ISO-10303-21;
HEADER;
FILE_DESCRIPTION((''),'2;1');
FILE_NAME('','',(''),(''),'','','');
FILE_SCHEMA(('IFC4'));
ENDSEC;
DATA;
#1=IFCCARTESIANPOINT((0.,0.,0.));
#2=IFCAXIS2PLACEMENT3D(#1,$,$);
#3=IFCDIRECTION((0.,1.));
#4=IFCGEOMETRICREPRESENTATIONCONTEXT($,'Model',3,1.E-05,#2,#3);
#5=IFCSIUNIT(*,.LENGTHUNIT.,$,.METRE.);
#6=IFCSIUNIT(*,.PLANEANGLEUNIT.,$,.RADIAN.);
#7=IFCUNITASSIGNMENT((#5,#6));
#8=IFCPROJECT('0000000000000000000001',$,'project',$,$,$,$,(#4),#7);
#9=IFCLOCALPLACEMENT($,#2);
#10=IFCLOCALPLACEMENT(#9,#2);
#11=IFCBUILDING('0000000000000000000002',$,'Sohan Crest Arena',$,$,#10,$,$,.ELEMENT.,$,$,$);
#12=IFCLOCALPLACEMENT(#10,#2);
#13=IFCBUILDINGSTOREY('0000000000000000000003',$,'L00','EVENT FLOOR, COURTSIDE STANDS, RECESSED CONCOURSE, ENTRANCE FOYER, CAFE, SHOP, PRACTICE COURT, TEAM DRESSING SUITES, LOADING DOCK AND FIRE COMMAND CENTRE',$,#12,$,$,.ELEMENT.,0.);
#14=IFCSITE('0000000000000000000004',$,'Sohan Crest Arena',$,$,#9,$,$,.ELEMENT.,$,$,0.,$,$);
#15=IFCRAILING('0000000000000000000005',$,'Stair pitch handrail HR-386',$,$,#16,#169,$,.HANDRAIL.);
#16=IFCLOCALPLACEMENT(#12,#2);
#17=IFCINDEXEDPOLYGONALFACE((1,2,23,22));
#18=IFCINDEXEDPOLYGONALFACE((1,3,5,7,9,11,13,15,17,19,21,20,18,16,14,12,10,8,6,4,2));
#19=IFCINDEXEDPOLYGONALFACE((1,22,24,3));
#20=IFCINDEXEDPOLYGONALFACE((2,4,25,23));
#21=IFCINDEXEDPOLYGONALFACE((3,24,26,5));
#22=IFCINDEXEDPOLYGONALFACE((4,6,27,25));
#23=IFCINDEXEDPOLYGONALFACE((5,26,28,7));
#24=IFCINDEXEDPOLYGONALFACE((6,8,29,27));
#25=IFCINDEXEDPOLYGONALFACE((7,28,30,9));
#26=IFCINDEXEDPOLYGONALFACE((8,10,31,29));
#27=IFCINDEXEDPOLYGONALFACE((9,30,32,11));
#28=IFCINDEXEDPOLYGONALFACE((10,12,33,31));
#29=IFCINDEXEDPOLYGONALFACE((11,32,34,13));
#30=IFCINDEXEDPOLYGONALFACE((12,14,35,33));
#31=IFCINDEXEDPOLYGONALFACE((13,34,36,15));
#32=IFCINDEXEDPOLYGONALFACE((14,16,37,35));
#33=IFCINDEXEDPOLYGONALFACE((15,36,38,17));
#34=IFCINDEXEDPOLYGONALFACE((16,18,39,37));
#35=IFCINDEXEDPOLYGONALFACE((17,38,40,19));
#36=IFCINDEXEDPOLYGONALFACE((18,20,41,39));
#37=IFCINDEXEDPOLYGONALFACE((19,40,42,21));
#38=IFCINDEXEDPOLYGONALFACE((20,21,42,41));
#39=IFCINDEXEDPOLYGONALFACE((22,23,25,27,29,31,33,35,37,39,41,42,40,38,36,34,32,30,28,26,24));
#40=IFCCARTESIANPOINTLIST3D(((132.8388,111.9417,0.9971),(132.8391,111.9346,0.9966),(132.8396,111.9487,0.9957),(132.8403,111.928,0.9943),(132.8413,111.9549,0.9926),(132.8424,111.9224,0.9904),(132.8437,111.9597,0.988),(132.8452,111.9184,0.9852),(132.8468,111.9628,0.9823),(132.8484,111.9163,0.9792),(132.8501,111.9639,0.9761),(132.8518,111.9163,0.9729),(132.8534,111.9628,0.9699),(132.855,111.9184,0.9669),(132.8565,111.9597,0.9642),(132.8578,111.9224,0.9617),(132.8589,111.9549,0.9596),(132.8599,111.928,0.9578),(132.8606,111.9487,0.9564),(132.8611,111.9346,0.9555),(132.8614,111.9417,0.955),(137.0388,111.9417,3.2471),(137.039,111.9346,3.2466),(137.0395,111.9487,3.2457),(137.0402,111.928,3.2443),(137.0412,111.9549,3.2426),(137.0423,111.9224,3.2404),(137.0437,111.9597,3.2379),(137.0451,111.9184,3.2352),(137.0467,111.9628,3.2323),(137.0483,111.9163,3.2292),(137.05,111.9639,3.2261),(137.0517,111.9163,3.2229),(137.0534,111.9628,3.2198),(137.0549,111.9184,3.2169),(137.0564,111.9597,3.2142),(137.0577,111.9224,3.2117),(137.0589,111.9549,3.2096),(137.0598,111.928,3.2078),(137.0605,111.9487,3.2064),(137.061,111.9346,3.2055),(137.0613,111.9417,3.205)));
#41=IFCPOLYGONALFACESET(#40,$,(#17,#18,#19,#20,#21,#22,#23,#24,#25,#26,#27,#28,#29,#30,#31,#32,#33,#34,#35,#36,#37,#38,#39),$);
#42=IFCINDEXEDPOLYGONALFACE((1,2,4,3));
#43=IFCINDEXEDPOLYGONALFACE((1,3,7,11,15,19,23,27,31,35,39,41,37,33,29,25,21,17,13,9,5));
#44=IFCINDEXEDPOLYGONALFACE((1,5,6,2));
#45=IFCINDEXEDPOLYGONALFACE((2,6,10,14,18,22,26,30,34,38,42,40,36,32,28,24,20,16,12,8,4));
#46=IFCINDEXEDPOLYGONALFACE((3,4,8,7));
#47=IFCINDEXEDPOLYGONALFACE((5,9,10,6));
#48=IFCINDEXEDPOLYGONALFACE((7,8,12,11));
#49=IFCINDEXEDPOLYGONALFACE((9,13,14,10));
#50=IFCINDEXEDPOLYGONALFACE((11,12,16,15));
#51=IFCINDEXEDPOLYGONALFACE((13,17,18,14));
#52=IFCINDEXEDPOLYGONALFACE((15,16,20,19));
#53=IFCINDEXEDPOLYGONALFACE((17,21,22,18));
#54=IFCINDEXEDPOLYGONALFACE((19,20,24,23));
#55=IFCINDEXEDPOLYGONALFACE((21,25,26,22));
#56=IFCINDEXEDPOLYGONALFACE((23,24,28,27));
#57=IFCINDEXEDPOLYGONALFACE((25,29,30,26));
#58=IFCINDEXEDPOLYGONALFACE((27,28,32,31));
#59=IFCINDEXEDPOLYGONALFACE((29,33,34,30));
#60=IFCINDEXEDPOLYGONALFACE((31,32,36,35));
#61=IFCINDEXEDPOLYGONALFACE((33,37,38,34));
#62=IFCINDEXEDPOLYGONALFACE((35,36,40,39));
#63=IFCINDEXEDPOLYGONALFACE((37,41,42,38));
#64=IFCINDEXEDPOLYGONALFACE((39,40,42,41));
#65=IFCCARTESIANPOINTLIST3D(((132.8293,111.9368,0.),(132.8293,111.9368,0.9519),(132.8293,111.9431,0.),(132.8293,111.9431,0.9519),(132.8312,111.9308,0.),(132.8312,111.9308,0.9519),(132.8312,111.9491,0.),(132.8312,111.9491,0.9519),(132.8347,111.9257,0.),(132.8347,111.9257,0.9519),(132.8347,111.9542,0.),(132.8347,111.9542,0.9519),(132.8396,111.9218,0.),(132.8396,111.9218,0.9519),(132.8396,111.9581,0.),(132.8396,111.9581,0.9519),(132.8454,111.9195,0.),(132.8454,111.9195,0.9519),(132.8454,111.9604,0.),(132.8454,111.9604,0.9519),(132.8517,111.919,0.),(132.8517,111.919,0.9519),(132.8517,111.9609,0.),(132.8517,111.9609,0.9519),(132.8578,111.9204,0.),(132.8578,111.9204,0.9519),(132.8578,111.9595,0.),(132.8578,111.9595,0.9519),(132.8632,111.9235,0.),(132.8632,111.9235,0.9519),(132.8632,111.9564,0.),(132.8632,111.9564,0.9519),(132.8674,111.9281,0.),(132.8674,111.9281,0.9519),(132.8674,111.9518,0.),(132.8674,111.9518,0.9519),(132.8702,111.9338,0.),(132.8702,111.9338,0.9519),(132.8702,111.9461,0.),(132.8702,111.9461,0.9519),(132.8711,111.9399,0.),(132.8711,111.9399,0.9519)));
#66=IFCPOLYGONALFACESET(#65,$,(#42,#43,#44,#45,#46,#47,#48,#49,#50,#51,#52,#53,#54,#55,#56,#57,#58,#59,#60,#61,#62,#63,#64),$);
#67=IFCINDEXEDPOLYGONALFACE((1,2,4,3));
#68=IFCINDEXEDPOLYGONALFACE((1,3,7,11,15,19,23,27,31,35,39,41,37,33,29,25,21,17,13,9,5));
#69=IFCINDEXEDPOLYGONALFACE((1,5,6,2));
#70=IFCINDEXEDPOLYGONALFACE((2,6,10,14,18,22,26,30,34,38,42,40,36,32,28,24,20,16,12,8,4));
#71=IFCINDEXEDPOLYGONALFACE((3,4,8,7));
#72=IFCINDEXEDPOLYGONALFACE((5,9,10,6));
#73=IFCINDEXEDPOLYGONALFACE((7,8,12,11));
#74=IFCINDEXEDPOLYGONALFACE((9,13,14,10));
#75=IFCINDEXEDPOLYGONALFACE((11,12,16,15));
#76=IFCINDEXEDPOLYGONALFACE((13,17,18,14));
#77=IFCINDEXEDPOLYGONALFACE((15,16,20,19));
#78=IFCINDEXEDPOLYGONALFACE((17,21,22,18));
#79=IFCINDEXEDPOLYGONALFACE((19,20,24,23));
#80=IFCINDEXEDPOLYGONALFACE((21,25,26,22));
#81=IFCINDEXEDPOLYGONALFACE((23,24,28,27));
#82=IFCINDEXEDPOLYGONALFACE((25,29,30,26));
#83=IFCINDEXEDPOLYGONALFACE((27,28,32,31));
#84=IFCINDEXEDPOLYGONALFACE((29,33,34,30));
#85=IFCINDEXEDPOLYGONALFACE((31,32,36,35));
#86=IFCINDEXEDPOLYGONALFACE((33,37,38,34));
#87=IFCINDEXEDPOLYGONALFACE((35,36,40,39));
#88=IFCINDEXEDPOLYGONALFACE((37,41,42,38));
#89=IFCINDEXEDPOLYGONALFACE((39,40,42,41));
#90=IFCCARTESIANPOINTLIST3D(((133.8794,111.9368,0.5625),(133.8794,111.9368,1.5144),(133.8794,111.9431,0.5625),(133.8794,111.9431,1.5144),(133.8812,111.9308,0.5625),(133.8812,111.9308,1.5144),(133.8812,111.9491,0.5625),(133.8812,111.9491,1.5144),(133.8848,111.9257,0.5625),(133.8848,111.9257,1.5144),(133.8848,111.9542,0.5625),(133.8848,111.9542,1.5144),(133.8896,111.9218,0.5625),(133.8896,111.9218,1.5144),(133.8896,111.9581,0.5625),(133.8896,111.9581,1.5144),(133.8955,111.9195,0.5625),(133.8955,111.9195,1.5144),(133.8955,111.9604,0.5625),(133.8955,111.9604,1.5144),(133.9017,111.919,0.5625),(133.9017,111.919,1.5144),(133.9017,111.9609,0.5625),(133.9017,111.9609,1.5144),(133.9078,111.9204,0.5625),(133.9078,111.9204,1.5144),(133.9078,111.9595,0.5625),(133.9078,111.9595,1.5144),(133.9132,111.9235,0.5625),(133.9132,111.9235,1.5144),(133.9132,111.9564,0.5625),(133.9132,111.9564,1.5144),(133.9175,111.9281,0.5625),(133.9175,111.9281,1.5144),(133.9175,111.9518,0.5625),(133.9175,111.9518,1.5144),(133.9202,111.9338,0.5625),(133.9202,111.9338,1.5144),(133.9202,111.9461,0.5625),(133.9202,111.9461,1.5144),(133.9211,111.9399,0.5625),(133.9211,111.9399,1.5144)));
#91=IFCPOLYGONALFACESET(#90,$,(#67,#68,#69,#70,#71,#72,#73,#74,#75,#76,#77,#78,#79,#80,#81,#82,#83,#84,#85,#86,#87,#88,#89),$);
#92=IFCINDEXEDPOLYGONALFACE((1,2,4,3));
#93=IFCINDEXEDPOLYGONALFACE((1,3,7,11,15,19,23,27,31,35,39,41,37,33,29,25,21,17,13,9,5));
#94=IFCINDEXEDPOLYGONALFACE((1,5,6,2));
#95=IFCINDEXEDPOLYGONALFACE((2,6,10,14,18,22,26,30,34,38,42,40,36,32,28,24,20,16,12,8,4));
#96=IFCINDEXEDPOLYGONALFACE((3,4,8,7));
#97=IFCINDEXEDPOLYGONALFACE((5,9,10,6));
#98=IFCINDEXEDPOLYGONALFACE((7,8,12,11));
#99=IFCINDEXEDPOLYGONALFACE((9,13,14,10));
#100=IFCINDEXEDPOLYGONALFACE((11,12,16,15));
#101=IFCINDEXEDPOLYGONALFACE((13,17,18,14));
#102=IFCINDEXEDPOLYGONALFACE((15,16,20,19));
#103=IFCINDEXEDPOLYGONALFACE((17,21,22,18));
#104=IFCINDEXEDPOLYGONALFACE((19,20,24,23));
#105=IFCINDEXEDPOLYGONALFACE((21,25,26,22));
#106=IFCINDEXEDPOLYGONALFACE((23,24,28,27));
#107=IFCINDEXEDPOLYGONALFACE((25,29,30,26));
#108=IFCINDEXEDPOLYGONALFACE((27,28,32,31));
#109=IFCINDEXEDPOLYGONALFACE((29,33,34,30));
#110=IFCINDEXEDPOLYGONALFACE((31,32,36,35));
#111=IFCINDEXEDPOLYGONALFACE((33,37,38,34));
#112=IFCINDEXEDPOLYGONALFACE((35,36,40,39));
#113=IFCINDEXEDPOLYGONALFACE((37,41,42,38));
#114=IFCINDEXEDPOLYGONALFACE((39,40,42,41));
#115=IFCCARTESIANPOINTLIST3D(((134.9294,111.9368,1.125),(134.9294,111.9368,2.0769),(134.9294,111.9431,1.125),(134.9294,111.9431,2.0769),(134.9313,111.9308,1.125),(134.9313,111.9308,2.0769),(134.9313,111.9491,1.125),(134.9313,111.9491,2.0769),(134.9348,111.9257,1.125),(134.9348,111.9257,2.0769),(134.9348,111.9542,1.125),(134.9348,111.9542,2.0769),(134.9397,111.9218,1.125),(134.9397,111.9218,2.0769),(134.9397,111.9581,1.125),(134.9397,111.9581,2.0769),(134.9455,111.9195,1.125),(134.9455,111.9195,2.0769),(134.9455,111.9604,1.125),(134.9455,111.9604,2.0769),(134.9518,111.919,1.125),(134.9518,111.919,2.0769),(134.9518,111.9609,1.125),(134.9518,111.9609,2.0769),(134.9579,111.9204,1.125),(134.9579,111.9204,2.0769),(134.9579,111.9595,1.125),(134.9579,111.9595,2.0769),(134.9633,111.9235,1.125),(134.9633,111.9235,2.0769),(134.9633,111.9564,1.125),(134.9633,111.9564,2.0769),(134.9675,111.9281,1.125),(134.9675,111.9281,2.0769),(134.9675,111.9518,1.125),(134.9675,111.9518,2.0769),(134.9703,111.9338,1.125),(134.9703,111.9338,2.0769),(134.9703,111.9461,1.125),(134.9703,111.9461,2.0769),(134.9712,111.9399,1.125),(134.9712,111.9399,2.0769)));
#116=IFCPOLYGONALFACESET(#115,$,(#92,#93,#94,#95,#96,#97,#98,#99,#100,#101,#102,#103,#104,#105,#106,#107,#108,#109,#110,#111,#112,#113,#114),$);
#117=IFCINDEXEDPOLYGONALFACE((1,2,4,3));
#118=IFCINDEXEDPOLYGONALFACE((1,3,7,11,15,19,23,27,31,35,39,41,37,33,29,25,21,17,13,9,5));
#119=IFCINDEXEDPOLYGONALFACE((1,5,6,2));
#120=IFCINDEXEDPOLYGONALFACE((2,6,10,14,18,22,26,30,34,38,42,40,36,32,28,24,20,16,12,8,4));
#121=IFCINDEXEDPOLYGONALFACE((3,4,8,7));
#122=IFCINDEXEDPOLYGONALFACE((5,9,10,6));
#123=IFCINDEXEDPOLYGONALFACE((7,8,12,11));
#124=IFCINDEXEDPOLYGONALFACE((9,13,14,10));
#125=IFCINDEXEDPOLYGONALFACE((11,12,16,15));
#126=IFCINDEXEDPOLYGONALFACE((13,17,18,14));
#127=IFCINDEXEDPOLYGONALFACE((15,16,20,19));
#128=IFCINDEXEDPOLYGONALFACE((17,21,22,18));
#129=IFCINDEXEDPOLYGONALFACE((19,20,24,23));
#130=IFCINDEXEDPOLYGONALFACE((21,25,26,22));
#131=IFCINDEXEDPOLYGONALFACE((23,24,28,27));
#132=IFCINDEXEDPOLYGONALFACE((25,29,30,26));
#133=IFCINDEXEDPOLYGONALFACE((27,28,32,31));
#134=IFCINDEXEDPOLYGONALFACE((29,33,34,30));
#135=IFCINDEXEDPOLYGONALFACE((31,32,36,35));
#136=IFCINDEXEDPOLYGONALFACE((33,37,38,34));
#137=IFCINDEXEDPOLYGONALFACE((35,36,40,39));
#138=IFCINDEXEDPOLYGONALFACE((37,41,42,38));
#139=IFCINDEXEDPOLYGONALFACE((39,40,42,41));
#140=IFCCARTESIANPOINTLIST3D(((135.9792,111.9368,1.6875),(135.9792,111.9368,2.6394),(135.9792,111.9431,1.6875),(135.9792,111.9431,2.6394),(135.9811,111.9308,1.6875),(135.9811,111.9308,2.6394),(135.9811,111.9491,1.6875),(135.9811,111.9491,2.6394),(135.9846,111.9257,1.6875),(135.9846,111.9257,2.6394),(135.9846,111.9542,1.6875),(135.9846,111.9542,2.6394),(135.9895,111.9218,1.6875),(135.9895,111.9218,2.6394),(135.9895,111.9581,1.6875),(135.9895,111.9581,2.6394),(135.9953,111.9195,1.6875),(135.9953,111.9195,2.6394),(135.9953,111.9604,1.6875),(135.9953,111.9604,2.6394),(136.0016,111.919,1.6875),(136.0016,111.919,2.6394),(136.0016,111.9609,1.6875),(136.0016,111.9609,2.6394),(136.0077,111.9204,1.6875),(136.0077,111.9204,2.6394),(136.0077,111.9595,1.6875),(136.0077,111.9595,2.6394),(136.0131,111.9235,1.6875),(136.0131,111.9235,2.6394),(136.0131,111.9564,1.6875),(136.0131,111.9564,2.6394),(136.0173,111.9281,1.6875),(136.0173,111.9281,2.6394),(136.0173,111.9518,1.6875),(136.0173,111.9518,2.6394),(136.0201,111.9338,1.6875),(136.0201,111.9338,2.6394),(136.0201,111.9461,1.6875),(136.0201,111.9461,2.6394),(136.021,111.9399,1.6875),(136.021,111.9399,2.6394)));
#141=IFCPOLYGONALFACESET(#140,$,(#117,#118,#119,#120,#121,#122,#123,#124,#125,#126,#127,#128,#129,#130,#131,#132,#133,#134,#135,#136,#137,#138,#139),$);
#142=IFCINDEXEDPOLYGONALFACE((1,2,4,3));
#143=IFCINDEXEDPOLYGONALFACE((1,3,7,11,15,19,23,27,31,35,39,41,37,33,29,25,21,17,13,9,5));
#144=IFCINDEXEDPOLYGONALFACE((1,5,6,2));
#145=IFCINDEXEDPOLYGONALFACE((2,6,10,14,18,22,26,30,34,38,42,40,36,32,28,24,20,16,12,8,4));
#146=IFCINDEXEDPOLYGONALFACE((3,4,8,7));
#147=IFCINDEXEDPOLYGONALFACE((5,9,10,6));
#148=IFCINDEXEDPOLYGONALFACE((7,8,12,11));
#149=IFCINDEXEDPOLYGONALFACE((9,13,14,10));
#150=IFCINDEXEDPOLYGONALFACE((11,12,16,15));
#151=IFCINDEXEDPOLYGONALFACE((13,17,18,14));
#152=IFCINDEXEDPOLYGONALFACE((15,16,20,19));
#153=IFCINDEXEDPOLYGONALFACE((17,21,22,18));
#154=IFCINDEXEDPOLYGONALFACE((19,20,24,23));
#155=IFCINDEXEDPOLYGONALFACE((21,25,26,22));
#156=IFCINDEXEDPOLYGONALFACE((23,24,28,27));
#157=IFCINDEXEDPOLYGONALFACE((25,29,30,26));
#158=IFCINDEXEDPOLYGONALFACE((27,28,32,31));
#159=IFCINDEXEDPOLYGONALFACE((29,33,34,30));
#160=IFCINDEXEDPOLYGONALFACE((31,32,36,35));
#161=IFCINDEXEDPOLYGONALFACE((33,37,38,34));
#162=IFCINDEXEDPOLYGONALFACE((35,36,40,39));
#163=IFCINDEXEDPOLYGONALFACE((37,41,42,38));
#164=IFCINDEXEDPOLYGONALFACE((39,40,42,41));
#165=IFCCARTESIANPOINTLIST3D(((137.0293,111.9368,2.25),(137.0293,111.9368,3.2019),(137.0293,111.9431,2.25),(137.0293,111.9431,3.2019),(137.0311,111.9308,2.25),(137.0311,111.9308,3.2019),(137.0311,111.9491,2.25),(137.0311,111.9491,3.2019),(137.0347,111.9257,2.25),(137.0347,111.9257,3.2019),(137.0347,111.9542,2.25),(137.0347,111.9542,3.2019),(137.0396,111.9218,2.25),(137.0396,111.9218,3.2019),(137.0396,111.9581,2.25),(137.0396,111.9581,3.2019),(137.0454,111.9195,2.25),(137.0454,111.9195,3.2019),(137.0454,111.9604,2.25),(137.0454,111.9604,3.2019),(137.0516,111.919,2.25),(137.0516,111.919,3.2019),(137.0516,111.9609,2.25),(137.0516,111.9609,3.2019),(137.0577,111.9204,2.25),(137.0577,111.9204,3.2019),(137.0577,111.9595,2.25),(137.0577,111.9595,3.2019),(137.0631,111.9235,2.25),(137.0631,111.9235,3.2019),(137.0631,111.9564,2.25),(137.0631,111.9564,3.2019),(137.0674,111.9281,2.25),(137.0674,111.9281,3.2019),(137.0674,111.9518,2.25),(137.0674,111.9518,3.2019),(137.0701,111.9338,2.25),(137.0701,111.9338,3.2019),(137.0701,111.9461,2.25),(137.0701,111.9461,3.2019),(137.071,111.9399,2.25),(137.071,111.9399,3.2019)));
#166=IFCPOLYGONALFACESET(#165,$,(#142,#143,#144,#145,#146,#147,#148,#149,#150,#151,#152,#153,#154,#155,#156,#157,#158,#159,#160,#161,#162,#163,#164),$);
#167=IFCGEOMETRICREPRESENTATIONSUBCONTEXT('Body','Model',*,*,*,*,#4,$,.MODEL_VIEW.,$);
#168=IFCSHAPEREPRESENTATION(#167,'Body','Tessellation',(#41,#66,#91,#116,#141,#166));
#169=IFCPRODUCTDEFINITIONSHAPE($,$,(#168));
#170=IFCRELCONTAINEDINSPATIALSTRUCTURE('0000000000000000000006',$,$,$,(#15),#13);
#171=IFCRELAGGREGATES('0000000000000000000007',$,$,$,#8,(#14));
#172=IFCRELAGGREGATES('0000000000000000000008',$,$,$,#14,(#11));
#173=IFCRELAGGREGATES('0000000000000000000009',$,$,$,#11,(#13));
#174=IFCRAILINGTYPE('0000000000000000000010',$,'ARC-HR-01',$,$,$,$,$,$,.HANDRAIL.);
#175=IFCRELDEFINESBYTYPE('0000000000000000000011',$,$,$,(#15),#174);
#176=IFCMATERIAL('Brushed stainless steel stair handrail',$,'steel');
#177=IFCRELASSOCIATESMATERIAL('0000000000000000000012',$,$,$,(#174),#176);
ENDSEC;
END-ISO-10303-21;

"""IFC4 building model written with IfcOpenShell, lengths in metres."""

from ifc_helpers import new_model, si_unit, direction, frame, origin, origin_2d, place, context, subcontext, project, spatial, circle, extrude, material, type_object, element, save


model = new_model("IFC4")

# Units and contexts
model_context = context("Model", 3, precision=1e-05, world=origin(), true_north=direction((0.0, 1.0)))
body_context = subcontext(model_context, "Body", "Model", "MODEL_VIEW")
ifc_project = project(units=[si_unit("LENGTHUNIT", "METRE"), si_unit("PLANEANGLEUNIT", "RADIAN")], contexts=[model_context])

# Site, building, storey
site_placement = place(None, origin())
site = spatial("IfcSite", under=ifc_project, at=site_placement, Name="Sohan Crest Arena", CompositionType="ELEMENT", RefElevation=0.0)
building_placement = place(site_placement, origin())
building = spatial("IfcBuilding", under=site, at=building_placement, Name="Sohan Crest Arena", CompositionType="ELEMENT")
storey_placement = place(building_placement, origin())
storey = spatial("IfcBuildingStorey", under=building, at=storey_placement, Name="L00", Description="EVENT FLOOR, COURTSIDE STANDS, RECESSED CONCOURSE, ENTRANCE FOYER, CAFE, SHOP, PRACTICE COURT, TEAM DRESSING SUITES, LOADING DOCK AND FIRE COMMAND CENTRE", CompositionType="ELEMENT", Elevation=0.0)

# Railing
ifc_material_1 = material(Name="Brushed stainless steel stair handrail", Category="steel")
railing_type_1 = type_object("IfcRailingType", Name="ARC-HR-01", PredefinedType="HANDRAIL", material=ifc_material_1)
for number, where, name in (
    (1, (132.8501, 111.9399, 0.0), "Stair pitch handrail HR-386"),
):
    element("IfcRailing", number, at=place(storey_placement, frame(where)), inside=storey, type_object=railing_type_1, Name=name, PredefinedType="HANDRAIL", context=body_context, shape_type="SweptSolid", body=[
        extrude(circle(Radius=0.0239, at=origin_2d()), frame((0.0, 0.0, 0.9761), z_axis=(0.881478, 0.0, 0.472226), x_axis=(0.0, 1.0, 0.0)), (0.0, 0.0, 1.0), 4.7646),
        extrude(circle(Radius=0.021, at=origin_2d()), origin(), (0.0, 0.0, 1.0), 0.9519),
        extrude(circle(Radius=0.021, at=origin_2d()), frame((1.05, 0.0, 0.5625)), (0.0, 0.0, 1.0), 0.9519),
        extrude(circle(Radius=0.021, at=origin_2d()), frame((2.1001, 0.0, 1.125)), (0.0, 0.0, 1.0), 0.9519),
        extrude(circle(Radius=0.021, at=origin_2d()), frame((3.1499, 0.0, 1.6875)), (0.0, 0.0, 1.0), 0.9519),
        extrude(circle(Radius=0.021, at=origin_2d()), frame((4.2, 0.0, 2.25)), (0.0, 0.0, 1.0), 0.9519),
    ])

save(model, "model.ifc")
